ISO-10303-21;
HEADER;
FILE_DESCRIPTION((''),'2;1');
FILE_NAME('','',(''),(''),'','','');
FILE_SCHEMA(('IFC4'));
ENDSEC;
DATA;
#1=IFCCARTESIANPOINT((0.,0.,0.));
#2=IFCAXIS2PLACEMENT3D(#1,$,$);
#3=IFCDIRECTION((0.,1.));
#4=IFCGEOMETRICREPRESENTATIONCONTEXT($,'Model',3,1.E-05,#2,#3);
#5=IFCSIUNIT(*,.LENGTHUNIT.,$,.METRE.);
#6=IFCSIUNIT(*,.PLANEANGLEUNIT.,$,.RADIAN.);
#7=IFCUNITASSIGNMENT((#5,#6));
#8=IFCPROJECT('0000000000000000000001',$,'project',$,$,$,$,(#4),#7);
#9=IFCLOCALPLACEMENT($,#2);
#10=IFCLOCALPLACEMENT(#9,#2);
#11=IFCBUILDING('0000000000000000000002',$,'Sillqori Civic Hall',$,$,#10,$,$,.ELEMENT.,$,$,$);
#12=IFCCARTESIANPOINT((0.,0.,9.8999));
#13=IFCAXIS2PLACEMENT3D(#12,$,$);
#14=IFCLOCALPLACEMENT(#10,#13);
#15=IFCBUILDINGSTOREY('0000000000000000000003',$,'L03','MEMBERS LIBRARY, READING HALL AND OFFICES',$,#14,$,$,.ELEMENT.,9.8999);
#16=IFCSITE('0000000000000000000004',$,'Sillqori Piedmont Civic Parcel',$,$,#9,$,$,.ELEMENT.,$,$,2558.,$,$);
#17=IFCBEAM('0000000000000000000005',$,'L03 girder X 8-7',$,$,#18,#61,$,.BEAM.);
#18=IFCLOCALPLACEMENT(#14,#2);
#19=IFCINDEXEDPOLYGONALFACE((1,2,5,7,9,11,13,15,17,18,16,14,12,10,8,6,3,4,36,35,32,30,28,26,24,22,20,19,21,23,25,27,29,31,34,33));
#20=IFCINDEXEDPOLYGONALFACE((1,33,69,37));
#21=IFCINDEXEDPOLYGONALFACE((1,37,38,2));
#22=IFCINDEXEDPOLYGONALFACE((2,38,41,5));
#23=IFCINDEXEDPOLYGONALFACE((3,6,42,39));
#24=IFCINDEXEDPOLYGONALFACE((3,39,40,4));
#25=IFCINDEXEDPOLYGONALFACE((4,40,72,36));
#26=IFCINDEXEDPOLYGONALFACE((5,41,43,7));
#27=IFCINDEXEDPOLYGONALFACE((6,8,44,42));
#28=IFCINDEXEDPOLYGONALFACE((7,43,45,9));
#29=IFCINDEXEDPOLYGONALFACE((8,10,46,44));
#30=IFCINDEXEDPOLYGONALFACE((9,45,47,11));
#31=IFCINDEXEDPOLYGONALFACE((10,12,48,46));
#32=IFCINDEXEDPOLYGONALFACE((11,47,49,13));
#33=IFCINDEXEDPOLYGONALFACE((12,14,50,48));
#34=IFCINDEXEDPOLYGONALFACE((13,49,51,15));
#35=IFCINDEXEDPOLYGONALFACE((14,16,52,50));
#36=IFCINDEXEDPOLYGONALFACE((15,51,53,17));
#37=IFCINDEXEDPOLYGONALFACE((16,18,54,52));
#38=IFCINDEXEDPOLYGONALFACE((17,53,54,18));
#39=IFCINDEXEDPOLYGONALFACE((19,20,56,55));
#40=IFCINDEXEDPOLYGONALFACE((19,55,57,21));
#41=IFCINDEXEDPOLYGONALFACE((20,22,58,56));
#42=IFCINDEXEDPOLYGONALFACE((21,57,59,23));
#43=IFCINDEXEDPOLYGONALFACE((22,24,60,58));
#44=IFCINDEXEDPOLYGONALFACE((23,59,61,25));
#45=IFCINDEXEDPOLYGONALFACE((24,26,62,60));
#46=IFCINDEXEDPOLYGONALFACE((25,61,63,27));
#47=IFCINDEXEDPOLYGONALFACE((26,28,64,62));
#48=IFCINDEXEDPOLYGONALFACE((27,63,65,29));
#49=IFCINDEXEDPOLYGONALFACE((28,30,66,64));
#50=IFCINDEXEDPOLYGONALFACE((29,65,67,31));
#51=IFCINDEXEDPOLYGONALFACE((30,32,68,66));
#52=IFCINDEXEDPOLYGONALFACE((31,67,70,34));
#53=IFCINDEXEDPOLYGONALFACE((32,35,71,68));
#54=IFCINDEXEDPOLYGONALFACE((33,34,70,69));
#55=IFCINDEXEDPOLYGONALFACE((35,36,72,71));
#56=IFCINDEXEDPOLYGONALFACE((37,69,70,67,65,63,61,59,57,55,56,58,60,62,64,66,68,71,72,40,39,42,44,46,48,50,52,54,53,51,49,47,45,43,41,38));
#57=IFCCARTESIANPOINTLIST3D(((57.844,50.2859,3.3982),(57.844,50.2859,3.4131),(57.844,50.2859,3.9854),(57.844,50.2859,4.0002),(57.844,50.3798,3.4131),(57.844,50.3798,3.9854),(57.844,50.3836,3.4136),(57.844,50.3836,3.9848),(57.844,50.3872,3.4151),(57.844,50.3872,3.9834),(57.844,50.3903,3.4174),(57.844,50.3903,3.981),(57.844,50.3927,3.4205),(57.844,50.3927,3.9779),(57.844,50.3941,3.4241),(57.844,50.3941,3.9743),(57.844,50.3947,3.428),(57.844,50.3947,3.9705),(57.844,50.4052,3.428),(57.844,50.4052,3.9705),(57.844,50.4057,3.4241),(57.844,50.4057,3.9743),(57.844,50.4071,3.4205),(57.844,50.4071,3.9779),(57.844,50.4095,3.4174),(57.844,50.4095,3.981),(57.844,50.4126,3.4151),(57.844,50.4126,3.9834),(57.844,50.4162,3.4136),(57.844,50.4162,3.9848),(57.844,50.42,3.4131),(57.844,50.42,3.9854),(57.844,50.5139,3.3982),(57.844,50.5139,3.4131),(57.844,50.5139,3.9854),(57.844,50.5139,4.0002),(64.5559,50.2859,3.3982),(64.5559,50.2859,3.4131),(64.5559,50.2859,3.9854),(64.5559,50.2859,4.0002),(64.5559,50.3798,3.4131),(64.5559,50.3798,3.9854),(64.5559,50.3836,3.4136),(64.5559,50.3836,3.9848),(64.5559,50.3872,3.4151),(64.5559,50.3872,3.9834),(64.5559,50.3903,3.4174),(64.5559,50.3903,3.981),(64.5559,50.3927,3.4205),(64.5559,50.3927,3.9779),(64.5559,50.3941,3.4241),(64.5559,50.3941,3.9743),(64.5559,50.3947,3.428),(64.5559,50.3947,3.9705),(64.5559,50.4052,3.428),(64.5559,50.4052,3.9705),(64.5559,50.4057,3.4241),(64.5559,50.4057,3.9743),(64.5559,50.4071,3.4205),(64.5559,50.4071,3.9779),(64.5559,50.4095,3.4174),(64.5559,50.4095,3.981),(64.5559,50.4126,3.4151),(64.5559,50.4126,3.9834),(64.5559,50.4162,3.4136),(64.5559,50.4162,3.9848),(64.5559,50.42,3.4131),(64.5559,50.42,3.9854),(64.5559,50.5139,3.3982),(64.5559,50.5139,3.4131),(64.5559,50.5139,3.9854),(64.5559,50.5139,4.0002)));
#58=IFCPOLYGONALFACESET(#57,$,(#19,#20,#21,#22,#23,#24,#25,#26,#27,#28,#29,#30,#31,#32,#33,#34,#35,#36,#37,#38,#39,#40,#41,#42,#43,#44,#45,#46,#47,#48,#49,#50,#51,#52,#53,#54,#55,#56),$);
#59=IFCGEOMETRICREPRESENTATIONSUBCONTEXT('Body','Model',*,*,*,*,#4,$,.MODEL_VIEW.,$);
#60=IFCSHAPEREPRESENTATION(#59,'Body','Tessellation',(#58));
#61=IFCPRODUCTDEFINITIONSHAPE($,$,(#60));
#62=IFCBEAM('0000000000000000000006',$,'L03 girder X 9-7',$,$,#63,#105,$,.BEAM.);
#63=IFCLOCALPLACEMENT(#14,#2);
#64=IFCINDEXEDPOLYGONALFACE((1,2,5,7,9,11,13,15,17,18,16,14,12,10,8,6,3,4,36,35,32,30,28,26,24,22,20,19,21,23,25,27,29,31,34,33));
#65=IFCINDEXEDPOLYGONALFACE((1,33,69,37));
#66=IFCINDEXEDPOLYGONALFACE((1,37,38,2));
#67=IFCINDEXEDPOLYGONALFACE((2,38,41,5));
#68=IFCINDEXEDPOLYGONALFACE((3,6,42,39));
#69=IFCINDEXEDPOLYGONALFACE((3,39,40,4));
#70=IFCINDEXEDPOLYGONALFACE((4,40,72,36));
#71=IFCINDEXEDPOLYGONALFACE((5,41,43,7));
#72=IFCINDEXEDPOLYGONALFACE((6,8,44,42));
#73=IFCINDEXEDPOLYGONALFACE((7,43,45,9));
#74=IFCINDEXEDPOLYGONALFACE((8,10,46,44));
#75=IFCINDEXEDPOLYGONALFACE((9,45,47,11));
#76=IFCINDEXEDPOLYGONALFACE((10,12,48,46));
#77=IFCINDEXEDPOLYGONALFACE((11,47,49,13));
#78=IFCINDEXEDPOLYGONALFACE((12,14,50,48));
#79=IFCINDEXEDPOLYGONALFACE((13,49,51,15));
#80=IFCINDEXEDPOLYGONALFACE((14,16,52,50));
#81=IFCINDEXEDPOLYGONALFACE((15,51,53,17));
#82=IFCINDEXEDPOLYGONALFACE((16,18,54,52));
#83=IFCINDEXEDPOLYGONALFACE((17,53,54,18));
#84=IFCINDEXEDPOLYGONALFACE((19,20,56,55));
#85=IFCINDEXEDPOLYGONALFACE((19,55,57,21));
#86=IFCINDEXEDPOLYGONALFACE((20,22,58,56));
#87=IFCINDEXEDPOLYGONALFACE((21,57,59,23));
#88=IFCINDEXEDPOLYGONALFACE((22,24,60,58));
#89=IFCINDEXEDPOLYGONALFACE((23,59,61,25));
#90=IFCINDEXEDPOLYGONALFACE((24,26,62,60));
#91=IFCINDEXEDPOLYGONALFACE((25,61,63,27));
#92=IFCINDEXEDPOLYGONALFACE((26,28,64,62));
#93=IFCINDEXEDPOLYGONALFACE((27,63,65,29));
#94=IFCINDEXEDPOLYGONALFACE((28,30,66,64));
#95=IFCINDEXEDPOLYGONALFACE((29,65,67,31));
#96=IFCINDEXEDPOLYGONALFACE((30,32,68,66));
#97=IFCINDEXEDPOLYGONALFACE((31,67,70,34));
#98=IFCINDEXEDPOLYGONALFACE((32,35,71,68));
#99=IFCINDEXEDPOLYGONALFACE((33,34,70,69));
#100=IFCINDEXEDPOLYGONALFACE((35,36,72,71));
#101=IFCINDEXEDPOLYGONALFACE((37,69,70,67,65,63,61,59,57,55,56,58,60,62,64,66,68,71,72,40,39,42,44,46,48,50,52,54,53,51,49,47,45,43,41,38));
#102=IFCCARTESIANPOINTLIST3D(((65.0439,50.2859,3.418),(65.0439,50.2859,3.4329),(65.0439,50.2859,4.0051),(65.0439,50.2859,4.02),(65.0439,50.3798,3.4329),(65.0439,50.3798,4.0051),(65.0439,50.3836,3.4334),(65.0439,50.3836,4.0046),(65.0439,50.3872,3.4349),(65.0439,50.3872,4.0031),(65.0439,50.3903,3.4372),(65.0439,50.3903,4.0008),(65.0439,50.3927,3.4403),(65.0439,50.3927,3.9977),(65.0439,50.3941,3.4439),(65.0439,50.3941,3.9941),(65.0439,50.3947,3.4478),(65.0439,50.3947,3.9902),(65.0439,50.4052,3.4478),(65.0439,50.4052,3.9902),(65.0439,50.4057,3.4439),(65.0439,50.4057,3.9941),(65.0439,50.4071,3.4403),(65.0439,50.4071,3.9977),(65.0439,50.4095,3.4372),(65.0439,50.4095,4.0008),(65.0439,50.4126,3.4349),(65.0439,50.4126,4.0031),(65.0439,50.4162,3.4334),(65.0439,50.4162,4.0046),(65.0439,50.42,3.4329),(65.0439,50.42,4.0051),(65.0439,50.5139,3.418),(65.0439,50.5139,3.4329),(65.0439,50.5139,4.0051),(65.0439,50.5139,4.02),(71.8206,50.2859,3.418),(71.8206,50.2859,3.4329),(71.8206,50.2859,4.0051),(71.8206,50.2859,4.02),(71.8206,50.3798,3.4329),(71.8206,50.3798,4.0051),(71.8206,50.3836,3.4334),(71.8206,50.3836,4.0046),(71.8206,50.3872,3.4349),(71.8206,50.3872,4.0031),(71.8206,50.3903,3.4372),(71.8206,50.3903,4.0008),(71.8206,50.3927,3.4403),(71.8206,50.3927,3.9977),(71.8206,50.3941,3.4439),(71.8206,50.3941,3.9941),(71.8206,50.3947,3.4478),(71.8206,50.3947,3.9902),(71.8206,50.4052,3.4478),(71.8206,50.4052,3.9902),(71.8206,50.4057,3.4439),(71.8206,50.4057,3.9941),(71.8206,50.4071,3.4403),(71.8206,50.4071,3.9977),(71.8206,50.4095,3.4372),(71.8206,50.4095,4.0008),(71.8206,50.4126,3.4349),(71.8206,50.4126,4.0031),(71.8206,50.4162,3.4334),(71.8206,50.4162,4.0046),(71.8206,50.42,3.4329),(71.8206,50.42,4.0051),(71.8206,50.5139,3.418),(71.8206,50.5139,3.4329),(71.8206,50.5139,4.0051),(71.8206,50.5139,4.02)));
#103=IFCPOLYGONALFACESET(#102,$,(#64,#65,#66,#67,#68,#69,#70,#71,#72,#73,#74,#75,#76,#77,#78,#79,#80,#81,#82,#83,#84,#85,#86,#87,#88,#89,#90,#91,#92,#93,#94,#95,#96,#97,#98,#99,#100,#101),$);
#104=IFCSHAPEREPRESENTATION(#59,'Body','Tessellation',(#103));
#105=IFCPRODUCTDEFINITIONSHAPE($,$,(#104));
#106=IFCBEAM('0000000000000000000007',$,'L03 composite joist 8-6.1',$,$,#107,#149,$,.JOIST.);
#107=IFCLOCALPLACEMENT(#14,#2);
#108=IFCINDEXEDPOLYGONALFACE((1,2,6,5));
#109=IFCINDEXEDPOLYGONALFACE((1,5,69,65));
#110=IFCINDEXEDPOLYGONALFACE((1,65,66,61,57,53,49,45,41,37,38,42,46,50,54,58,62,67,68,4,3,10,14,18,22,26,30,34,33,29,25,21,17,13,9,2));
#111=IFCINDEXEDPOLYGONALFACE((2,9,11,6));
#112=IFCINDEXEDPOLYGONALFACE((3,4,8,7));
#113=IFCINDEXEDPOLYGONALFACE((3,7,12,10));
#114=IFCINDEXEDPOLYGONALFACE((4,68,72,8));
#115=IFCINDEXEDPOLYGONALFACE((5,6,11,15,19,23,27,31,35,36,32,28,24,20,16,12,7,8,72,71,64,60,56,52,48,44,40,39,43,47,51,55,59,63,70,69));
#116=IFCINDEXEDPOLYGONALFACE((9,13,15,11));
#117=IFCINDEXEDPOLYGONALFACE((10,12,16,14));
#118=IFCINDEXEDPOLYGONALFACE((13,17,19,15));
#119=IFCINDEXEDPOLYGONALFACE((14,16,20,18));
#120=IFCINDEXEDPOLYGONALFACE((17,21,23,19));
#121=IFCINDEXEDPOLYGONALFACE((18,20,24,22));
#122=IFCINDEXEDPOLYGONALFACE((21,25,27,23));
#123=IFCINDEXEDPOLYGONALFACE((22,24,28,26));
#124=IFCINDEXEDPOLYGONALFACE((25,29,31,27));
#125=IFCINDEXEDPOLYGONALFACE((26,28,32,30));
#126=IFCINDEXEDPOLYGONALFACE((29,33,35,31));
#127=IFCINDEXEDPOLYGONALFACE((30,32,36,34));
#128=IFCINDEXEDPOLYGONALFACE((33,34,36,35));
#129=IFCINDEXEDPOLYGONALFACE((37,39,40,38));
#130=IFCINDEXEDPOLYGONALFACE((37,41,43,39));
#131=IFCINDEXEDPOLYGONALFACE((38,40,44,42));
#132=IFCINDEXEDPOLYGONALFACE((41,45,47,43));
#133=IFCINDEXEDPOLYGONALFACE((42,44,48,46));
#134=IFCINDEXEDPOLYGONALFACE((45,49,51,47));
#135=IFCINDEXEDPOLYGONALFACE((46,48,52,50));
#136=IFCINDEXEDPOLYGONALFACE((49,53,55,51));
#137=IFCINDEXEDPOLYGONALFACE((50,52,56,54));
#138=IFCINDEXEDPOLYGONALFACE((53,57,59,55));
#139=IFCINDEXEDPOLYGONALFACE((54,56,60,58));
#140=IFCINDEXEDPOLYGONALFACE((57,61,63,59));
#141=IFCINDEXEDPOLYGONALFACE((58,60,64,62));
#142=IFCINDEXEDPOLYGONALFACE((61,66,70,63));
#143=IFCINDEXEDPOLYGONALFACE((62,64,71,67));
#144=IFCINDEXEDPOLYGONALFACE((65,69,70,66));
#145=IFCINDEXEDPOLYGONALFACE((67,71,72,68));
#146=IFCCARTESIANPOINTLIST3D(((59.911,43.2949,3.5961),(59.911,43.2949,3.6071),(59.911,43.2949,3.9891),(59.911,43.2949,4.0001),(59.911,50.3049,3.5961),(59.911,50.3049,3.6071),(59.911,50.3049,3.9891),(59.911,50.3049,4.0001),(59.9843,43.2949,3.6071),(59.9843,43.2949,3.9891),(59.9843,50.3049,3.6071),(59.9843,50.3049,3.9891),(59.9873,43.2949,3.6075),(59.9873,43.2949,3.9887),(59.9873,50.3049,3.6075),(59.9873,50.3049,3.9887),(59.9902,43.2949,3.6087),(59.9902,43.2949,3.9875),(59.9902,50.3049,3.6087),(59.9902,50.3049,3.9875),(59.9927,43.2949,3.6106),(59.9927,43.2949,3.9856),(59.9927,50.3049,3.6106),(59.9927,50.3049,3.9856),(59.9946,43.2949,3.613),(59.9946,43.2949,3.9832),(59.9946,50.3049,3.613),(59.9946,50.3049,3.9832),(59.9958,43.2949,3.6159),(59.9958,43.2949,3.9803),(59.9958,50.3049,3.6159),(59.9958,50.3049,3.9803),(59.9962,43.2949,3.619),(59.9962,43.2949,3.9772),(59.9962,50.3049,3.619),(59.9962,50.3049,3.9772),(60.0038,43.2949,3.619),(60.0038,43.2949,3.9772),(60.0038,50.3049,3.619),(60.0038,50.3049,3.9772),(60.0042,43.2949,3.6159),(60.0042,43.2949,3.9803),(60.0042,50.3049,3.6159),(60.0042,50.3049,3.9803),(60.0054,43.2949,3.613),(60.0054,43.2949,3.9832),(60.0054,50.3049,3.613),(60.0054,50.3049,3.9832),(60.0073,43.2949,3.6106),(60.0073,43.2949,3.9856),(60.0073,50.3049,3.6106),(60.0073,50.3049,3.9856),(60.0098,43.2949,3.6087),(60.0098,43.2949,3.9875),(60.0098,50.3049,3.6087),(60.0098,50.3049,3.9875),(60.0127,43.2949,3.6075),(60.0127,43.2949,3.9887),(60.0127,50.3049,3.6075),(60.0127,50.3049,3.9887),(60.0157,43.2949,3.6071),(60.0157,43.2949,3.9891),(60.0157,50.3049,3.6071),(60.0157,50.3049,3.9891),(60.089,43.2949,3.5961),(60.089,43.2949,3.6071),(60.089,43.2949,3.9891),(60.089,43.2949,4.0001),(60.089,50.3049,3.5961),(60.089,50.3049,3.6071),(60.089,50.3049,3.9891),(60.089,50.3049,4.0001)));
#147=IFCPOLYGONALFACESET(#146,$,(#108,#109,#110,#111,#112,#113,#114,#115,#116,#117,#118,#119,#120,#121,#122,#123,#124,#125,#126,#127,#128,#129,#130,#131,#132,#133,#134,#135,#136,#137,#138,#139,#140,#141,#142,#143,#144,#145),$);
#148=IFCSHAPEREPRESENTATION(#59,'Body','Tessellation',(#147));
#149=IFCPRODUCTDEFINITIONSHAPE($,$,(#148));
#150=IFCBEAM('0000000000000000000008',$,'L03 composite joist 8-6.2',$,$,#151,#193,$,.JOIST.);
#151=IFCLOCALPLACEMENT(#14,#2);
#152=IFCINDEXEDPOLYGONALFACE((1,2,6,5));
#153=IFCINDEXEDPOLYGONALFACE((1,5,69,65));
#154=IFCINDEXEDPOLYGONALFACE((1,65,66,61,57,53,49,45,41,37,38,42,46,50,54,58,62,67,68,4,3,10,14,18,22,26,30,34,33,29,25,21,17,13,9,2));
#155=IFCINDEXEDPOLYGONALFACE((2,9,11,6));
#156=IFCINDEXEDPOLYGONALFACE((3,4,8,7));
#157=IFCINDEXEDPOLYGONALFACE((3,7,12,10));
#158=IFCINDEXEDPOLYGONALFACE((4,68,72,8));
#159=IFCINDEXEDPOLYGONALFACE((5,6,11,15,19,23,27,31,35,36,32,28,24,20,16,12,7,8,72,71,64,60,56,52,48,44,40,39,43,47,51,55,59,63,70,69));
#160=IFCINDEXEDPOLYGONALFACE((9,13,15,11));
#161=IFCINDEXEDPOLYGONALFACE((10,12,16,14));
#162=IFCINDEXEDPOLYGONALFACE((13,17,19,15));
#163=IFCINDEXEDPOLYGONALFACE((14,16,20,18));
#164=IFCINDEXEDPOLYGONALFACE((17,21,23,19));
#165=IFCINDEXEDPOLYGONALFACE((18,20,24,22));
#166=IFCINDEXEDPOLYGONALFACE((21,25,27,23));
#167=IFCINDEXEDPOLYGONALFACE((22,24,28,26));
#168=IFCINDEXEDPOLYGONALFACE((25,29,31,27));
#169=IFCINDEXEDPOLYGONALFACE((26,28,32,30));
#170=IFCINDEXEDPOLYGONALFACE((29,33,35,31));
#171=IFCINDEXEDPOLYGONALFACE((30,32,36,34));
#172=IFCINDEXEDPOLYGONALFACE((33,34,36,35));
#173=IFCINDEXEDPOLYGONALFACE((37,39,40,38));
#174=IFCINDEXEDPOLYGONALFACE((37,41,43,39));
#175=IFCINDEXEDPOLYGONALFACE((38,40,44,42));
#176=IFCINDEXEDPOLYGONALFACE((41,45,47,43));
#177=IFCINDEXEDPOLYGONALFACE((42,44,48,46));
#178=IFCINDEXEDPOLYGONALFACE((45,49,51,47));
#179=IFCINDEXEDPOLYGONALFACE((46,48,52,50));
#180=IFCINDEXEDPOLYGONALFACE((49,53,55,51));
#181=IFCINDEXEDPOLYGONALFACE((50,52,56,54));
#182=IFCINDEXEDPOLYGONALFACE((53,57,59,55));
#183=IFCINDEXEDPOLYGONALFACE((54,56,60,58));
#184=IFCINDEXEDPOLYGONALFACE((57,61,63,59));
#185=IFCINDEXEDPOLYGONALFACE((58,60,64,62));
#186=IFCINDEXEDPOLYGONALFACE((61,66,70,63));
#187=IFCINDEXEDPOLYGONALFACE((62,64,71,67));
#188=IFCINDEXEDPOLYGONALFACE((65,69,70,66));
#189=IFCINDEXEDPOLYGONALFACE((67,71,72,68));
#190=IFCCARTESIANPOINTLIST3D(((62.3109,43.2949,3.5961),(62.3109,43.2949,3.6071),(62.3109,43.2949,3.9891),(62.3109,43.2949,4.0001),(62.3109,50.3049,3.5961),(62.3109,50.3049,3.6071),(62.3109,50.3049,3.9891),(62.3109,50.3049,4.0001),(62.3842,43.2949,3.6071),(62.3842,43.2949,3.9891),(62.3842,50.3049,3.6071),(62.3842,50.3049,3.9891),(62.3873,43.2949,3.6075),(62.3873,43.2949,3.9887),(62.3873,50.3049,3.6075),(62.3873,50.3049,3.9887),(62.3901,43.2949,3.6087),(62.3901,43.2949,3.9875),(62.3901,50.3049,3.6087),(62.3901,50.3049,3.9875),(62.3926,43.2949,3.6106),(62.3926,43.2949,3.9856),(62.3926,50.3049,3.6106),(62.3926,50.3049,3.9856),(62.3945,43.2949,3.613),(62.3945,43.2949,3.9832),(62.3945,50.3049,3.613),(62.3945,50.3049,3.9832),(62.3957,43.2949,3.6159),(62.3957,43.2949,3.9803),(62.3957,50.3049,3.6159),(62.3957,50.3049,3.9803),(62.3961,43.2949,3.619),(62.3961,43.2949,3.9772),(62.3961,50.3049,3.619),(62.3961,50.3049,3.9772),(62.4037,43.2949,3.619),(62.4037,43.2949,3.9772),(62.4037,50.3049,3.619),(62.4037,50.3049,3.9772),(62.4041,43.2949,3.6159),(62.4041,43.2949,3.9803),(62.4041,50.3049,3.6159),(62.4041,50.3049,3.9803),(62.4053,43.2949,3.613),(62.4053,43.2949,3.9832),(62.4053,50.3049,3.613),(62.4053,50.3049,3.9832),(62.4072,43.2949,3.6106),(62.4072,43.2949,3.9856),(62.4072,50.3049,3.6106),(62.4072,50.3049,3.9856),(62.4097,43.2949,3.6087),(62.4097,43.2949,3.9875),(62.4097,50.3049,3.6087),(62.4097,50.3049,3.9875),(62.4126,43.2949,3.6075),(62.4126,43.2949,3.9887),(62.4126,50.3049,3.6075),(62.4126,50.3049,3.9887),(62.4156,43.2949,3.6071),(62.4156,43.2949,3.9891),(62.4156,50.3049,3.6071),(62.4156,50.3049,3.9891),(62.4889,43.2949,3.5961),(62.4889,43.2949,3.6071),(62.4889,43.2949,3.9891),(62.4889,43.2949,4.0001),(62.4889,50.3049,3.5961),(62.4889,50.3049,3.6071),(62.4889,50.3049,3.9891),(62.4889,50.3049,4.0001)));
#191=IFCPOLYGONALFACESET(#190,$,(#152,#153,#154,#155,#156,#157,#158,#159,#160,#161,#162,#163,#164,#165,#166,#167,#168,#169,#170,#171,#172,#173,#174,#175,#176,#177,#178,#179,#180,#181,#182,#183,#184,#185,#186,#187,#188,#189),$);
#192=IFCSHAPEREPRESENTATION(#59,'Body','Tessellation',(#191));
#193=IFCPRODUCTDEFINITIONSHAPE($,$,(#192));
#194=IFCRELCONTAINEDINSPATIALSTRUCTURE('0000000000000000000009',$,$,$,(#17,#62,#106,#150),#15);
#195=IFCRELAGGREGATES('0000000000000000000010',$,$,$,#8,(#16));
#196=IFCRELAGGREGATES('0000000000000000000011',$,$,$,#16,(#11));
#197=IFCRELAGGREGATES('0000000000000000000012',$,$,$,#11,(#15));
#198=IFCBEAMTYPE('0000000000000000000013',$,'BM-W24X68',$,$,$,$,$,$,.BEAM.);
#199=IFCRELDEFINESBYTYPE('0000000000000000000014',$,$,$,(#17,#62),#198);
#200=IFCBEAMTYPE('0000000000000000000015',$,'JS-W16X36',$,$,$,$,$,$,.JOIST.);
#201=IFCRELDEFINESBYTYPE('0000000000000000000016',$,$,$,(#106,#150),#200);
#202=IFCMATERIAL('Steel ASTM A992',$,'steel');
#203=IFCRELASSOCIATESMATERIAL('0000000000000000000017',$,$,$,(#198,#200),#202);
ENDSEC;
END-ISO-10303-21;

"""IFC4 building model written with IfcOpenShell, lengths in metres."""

from ifc_helpers import new_model, si_unit, direction, frame, origin, origin_2d, place, context, subcontext, project, spatial, i_section, extrude, material, material_profile, profile_set, type_object, element, save


model = new_model("IFC4")

# Units and contexts
model_context = context("Model", 3, precision=1e-05, world=origin(), true_north=direction((0.0, 1.0)))
body_context = subcontext(model_context, "Body", "Model", "MODEL_VIEW")
ifc_project = project(units=[si_unit("LENGTHUNIT", "METRE"), si_unit("PLANEANGLEUNIT", "RADIAN")], contexts=[model_context])

# Site, building, storey
site_placement = place(None, origin())
site = spatial("IfcSite", under=ifc_project, at=site_placement, Name="Sillqori Piedmont Civic Parcel", CompositionType="ELEMENT", RefElevation=2558.0)
building_placement = place(site_placement, origin())
building = spatial("IfcBuilding", under=site, at=building_placement, Name="Sillqori Civic Hall", CompositionType="ELEMENT")
storey_placement = place(building_placement, frame((0.0, 0.0, 9.8999)))
storey = spatial("IfcBuildingStorey", under=building, at=storey_placement, Name="L03", Description="MEMBERS LIBRARY, READING HALL AND OFFICES", CompositionType="ELEMENT", Elevation=9.8999)

# Beams
ifc_material_1 = material(Name="Steel ASTM A992", Category="steel")
ifc_material_profile_1 = material_profile(ifc_material_1, i_section(OverallWidth=0.228, OverallDepth=0.6021, WebThickness=0.0105, FlangeThickness=0.0149, FilletRadius=0.0149, at=origin_2d()), Name="W24X68")
ifc_profile_set_1 = profile_set([ifc_material_profile_1], Name="Steel ASTM A992")
beam_type_1 = type_object("IfcBeamType", Name="BM-W24X68", PredefinedType="BEAM", material=ifc_profile_set_1)
beam_1_placement = place(storey_placement, frame((57.844, 50.3999, 3.6992), z_axis=(1.0, 0.0, 0.0), x_axis=(0.0, 1.0, 0.0)))
element("IfcBeam", 1, at=beam_1_placement, inside=storey, type_object=beam_type_1, Name="L03 girder X 8-7", PredefinedType="BEAM", context=body_context, shape_type="SweptSolid", body=[
    extrude(i_section(OverallWidth=0.228, OverallDepth=0.6021, WebThickness=0.0105, FlangeThickness=0.0149, FilletRadius=0.0149, at=origin_2d()), origin(), (0.0, 0.0, 1.0), 6.7119),
])
beam_2_placement = place(storey_placement, frame((65.0439, 50.3999, 3.719), z_axis=(1.0, 0.0, 0.0), x_axis=(0.0, 1.0, 0.0)))
element("IfcBeam", 2, at=beam_2_placement, inside=storey, type_object=beam_type_1, Name="L03 girder X 9-7", PredefinedType="BEAM", context=body_context, shape_type="SweptSolid", body=[
    extrude(i_section(OverallWidth=0.228, OverallDepth=0.6021, WebThickness=0.0105, FlangeThickness=0.0149, FilletRadius=0.0149, at=origin_2d()), origin(), (0.0, 0.0, 1.0), 6.7766),
])
ifc_material_profile_2 = material_profile(ifc_material_1, i_section(OverallWidth=0.178, OverallDepth=0.4041, WebThickness=0.0076, FlangeThickness=0.011, FilletRadius=0.012, at=origin_2d()), Name="W16X36")
ifc_profile_set_2 = profile_set([ifc_material_profile_2], Name="Steel ASTM A992")
beam_type_2 = type_object("IfcBeamType", Name="JS-W16X36", PredefinedType="JOIST", material=ifc_profile_set_2)
for number, where, z_axis, x_axis, name in (
    (3, (60.0, 43.2949, 3.7981), (0.0, 1.0, 0.0), (-1.0, 0.0, 0.0), "L03 composite joist 8-6.1"),
    (4, (62.3999, 43.2949, 3.7981), (0.0, 1.0, 0.0), (-1.0, 0.0, 0.0), "L03 composite joist 8-6.2"),
):
    element("IfcBeam", number, at=place(storey_placement, frame(where, z_axis=z_axis, x_axis=x_axis)), inside=storey, type_object=beam_type_2, Name=name, PredefinedType="JOIST", context=body_context, shape_type="SweptSolid", body=[
        extrude(i_section(OverallWidth=0.178, OverallDepth=0.4041, WebThickness=0.0076, FlangeThickness=0.011, FilletRadius=0.012, at=origin_2d()), origin(), (0.0, 0.0, 1.0), 7.01),
    ])

save(model, "model.ifc")
